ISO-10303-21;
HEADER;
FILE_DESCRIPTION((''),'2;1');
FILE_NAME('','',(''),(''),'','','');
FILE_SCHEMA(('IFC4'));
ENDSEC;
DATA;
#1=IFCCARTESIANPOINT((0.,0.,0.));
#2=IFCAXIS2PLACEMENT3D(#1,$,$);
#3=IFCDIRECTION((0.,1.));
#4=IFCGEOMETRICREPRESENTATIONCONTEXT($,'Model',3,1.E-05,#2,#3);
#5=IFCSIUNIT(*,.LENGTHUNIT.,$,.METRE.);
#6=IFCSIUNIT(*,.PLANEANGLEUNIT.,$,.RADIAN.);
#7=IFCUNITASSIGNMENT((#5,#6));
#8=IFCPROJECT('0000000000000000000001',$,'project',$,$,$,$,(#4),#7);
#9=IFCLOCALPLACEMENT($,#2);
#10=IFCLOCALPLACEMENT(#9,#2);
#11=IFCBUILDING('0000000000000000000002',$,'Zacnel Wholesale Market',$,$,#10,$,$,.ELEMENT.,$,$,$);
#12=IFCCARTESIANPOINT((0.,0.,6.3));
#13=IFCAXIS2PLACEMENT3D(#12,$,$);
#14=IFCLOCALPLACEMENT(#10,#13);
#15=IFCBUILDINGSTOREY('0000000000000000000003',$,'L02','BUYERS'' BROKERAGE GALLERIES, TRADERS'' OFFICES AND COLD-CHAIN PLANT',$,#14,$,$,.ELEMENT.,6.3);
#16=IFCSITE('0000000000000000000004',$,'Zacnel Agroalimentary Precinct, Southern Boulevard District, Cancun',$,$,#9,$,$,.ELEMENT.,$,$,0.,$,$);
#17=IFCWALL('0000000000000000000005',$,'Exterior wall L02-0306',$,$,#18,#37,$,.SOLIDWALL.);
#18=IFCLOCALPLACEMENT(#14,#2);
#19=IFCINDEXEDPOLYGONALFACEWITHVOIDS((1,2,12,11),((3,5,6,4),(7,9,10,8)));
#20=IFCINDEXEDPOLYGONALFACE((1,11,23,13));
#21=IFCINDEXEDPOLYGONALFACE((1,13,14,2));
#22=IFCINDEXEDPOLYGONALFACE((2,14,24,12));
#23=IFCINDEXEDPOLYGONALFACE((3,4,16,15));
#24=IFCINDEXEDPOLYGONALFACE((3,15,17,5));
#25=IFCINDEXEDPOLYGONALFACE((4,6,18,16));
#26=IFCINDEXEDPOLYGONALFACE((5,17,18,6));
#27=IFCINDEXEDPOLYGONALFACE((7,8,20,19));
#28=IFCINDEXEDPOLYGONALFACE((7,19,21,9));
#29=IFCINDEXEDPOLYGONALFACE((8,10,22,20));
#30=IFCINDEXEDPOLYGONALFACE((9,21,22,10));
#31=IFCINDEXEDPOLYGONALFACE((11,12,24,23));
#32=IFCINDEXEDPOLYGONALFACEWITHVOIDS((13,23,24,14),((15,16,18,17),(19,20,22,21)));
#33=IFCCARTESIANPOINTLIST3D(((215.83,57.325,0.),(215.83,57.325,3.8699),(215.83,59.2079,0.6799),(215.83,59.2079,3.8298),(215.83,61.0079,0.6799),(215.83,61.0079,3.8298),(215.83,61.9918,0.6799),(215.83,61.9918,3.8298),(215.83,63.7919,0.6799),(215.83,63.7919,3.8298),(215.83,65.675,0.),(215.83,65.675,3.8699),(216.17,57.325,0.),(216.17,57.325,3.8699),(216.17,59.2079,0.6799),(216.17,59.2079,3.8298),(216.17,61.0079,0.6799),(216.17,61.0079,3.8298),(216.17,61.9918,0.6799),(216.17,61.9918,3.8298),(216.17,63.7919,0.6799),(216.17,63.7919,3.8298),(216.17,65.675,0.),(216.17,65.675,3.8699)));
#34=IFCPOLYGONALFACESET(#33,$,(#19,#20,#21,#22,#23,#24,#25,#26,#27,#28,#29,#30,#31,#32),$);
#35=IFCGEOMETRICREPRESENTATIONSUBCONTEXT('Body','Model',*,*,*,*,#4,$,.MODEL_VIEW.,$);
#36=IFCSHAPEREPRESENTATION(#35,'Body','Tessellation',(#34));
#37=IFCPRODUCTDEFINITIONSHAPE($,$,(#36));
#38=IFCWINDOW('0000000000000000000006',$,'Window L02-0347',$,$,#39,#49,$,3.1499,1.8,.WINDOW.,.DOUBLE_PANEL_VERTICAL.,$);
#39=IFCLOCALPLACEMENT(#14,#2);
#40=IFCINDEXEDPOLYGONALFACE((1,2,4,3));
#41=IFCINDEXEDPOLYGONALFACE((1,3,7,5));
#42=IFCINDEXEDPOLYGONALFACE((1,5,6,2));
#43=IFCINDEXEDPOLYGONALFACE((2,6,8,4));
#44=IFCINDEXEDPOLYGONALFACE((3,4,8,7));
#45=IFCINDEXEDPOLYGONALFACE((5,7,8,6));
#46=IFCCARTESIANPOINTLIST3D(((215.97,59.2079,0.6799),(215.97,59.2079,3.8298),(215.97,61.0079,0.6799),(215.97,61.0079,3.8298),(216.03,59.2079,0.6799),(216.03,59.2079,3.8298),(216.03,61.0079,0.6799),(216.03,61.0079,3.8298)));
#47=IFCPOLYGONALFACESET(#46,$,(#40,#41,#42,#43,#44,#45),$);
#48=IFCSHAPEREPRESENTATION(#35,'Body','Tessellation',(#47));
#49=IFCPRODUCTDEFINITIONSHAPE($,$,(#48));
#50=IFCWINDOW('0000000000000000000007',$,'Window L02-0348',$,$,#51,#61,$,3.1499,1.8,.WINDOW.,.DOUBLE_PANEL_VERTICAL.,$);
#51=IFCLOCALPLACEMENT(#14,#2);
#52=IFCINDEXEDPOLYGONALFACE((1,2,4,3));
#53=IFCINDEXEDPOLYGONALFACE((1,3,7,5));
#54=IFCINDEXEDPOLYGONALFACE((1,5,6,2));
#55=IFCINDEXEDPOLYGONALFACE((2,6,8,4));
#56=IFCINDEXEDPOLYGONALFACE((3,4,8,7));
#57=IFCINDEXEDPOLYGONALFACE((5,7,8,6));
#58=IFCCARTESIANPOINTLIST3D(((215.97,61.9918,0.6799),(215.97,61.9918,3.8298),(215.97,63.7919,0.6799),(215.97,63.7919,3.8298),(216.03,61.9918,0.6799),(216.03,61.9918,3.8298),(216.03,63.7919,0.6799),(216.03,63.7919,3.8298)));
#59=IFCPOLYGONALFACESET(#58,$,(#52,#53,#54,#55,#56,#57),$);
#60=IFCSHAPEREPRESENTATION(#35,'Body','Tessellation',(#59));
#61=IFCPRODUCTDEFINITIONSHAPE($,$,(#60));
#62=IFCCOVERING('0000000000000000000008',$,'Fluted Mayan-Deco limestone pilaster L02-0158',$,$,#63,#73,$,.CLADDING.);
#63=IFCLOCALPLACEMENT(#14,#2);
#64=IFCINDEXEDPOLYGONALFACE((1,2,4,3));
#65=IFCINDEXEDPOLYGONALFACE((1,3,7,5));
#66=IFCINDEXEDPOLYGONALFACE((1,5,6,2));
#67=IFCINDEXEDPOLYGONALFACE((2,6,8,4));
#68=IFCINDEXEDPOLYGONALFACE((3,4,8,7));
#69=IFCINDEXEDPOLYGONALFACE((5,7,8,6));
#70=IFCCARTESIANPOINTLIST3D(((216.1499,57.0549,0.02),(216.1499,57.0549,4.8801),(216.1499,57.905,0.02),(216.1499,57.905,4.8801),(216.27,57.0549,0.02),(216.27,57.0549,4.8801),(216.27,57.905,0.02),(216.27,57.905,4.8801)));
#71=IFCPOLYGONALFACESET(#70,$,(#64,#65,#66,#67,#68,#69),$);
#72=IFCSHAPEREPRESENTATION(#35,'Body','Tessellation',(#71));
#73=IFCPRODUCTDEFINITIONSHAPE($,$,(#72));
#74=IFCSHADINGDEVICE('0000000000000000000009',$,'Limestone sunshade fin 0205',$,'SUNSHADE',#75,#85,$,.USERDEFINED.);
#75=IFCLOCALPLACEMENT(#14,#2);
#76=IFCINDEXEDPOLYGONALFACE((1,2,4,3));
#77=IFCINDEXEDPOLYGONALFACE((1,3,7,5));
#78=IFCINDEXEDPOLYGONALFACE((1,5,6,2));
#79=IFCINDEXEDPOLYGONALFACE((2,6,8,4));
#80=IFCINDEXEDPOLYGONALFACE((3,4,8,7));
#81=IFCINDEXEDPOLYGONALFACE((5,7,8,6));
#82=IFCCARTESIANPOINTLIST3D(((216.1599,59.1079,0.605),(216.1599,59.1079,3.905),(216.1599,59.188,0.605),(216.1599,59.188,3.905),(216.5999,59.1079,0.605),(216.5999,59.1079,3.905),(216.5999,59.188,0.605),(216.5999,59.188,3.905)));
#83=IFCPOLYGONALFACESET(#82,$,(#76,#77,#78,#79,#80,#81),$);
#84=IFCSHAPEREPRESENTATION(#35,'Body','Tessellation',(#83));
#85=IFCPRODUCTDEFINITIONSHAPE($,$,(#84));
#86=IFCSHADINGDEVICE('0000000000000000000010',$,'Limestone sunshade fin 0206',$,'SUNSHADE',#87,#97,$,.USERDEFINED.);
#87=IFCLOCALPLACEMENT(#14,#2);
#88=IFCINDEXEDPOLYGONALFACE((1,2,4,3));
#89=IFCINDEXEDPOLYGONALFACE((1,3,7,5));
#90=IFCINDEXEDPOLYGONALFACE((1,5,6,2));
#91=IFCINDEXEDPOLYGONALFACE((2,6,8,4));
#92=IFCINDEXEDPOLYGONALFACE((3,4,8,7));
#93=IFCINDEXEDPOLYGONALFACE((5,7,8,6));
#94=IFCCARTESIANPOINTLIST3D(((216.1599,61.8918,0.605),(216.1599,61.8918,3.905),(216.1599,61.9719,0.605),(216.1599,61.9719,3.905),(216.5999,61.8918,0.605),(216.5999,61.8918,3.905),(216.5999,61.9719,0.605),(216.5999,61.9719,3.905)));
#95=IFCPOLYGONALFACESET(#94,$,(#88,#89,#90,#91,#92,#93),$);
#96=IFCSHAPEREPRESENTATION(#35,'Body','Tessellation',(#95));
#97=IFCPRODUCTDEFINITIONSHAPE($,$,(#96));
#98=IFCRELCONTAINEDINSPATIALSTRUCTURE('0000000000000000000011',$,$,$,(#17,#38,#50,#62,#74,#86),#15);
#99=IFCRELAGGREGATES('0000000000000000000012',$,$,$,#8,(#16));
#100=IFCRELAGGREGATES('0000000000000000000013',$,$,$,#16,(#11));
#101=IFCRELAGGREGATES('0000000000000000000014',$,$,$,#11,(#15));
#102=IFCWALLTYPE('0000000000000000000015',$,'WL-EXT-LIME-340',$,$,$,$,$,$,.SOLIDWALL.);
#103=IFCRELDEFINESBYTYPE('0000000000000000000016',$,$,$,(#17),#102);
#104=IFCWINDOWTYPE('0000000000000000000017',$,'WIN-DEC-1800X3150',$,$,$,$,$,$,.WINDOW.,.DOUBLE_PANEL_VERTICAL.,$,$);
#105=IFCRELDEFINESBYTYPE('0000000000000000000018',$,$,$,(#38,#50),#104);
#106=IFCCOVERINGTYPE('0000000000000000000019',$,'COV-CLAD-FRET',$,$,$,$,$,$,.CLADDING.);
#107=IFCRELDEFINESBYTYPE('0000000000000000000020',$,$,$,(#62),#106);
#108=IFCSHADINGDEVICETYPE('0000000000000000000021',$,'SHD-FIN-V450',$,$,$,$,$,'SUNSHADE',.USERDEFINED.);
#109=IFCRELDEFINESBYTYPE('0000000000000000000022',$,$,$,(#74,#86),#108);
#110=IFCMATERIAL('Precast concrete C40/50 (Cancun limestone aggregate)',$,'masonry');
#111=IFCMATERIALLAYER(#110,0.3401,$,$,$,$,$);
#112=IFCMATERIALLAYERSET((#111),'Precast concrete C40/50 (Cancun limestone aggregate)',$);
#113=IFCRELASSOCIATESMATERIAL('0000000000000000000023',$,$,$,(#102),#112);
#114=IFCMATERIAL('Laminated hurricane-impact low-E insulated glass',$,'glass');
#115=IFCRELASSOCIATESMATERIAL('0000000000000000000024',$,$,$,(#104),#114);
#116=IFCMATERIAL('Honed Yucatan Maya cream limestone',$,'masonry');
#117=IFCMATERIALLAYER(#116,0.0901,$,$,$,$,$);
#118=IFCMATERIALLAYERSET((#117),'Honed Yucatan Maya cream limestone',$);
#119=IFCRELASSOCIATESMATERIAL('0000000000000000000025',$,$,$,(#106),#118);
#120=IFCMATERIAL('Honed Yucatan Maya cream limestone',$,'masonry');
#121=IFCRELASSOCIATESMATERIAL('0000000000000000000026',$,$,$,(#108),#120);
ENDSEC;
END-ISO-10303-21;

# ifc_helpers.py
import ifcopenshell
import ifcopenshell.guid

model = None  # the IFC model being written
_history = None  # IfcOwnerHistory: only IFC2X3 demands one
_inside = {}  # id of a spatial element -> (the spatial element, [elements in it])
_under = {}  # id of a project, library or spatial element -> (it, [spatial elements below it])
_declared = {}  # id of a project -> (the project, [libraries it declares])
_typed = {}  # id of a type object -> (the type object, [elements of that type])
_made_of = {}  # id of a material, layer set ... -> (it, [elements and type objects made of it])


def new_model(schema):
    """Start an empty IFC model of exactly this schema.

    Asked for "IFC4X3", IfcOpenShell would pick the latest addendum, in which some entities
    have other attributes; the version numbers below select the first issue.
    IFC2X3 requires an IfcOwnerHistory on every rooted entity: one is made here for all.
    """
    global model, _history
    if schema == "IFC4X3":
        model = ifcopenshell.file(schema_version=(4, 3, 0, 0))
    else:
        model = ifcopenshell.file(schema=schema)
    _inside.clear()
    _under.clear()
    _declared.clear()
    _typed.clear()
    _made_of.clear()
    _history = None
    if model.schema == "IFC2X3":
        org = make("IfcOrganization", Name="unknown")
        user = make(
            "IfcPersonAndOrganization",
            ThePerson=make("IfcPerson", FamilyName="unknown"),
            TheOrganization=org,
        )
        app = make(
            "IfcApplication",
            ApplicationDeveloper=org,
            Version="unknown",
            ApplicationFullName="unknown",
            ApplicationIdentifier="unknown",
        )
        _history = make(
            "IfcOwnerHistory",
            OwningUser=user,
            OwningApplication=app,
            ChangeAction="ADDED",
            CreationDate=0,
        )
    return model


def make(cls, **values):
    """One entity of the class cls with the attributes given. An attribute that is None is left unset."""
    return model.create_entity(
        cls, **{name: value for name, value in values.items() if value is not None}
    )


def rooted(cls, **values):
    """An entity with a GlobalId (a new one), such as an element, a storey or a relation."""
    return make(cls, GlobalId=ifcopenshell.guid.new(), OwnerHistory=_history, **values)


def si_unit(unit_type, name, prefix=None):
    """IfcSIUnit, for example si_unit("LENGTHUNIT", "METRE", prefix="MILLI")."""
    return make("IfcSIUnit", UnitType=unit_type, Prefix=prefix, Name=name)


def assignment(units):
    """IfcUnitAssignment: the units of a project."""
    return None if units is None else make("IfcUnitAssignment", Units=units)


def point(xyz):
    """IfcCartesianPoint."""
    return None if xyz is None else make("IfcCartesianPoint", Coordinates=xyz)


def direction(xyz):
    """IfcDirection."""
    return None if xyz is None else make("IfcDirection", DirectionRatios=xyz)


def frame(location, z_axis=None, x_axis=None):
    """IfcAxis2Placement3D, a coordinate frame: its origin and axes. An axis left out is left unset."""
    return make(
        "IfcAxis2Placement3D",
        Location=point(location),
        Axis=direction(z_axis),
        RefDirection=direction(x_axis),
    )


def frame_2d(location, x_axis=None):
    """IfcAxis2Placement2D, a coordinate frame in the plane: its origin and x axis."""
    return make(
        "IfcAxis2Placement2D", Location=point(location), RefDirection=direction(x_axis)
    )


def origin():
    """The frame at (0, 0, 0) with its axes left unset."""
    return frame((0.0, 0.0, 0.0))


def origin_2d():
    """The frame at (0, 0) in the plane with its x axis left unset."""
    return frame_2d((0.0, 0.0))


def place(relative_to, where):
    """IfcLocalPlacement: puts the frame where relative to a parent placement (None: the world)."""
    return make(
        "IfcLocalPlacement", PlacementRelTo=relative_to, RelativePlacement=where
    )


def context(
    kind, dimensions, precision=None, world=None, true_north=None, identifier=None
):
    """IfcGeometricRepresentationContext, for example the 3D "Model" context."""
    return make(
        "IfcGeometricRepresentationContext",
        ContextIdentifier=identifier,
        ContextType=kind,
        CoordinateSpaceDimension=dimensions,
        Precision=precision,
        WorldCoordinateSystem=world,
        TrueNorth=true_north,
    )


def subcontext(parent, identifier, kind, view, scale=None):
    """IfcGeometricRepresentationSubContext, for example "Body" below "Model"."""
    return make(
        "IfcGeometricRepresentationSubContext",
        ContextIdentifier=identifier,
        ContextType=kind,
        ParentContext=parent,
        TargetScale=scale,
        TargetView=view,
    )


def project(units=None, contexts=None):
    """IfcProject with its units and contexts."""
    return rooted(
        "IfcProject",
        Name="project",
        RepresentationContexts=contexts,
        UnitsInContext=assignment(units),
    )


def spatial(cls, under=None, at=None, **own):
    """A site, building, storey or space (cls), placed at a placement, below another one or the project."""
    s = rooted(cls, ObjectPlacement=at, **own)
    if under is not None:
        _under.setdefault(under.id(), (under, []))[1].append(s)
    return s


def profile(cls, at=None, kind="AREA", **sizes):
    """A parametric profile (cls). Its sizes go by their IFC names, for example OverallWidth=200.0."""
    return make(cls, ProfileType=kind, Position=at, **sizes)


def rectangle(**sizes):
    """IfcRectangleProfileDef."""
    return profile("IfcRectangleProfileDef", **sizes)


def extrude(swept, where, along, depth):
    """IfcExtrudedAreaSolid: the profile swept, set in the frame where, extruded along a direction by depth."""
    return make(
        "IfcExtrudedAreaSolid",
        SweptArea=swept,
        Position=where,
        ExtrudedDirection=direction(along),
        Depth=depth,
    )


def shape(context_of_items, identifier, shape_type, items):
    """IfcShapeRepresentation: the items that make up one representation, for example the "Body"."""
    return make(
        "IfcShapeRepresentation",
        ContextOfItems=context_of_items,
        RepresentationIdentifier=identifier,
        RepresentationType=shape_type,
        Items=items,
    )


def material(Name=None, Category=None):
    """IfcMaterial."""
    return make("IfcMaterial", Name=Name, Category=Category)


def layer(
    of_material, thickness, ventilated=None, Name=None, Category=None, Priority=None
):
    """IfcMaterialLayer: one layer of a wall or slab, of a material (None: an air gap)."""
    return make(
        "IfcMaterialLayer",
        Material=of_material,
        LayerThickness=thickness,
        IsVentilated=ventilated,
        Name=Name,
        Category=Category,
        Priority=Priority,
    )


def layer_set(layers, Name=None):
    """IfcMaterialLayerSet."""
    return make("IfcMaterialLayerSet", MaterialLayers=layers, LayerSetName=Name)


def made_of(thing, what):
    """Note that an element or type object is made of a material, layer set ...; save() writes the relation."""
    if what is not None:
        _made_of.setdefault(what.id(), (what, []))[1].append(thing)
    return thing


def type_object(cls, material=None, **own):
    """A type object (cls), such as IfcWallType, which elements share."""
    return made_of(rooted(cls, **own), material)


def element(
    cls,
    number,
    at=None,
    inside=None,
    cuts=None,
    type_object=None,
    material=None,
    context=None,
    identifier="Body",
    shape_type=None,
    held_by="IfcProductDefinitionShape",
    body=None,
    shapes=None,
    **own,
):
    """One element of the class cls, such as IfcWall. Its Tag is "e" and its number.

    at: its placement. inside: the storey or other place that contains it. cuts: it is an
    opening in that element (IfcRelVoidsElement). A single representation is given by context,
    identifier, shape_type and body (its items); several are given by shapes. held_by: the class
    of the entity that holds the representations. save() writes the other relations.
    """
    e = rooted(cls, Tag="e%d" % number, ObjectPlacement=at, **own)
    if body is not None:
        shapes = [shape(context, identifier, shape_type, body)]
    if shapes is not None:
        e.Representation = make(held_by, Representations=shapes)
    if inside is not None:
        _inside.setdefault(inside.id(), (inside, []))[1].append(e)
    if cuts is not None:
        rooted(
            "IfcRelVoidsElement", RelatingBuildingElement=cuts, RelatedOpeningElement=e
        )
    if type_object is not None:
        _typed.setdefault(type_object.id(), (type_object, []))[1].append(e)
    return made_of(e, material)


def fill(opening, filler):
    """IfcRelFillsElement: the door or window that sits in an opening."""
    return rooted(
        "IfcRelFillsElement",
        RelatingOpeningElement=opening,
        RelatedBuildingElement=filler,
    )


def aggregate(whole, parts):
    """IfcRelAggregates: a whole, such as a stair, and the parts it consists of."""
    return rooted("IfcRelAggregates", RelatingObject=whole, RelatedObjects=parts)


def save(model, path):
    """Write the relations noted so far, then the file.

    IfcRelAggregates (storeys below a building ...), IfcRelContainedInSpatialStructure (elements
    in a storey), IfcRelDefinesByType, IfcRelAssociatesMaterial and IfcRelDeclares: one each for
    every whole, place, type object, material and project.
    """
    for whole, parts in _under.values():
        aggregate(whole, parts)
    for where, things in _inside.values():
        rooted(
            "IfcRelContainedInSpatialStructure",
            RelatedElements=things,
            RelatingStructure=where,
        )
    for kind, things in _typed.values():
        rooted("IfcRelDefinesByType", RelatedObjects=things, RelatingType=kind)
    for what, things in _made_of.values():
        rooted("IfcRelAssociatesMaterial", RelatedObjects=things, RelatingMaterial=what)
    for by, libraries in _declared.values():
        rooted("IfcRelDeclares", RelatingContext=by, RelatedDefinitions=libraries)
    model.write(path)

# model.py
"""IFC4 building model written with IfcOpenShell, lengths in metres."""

from ifc_helpers import new_model, si_unit, direction, frame, frame_2d, origin, origin_2d, place, context, subcontext, project, spatial, rectangle, extrude, material, layer, layer_set, type_object, element, fill, save


model = new_model("IFC4")

# Units and contexts
model_context = context("Model", 3, precision=1e-05, world=origin(), true_north=direction((0.0, 1.0)))
body_context = subcontext(model_context, "Body", "Model", "MODEL_VIEW")
ifc_project = project(units=[si_unit("LENGTHUNIT", "METRE"), si_unit("PLANEANGLEUNIT", "RADIAN")], contexts=[model_context])

# Site, building, storey
site_placement = place(None, origin())
site = spatial("IfcSite", under=ifc_project, at=site_placement, Name="Zacnel Agroalimentary Precinct, Southern Boulevard District, Cancun", CompositionType="ELEMENT", RefElevation=0.0)
building_placement = place(site_placement, origin())
building = spatial("IfcBuilding", under=site, at=building_placement, Name="Zacnel Wholesale Market", CompositionType="ELEMENT")
storey_placement = place(building_placement, frame((0.0, 0.0, 6.3)))
storey = spatial("IfcBuildingStorey", under=building, at=storey_placement, Name="L02", Description="BUYERS' BROKERAGE GALLERIES, TRADERS' OFFICES AND COLD-CHAIN PLANT", CompositionType="ELEMENT", Elevation=6.3)

# Wall, openings, windows
ifc_material_1 = material(Name="Precast concrete C40/50 (Cancun limestone aggregate)", Category="masonry")
ifc_layer_1 = layer(ifc_material_1, 0.3401)
ifc_layer_set_1 = layer_set([ifc_layer_1], Name="Precast concrete C40/50 (Cancun limestone aggregate)")
wall_type_1 = type_object("IfcWallType", Name="WL-EXT-LIME-340", PredefinedType="SOLIDWALL", material=ifc_layer_set_1)
wall_1_placement = place(storey_placement, frame((216.0, 57.325, 0.0), z_axis=(0.0, 0.0, 1.0), x_axis=(0.0, 1.0, 0.0)))
wall_1 = element("IfcWall", 1, at=wall_1_placement, inside=storey, type_object=wall_type_1, Name="Exterior wall L02-0306", PredefinedType="SOLIDWALL", context=body_context, shape_type="SweptSolid", body=[
    extrude(rectangle(XDim=8.3501, YDim=0.3401, at=frame_2d((4.175, 0.0))), origin(), (0.0, 0.0, 1.0), 3.8699),
])
opening_1_placement = place(wall_1_placement, frame((1.8831, 0.0, 0.6799)))
opening_1 = element("IfcOpeningElement", 2, at=opening_1_placement, cuts=wall_1, PredefinedType="OPENING", context=body_context, shape_type="SweptSolid", body=[
    extrude(rectangle(XDim=1.8, YDim=3.1499, at=frame_2d((0.8999, 1.575))), frame((0.0, 0.1799, 0.0), z_axis=(0.0, -1.0, 0.0), x_axis=(1.0, 0.0, 0.0)), (0.0, 0.0, 1.0), 0.3601),
])
opening_2_placement = place(wall_1_placement, frame((4.667, 0.0, 0.6799)))
opening_2 = element("IfcOpeningElement", 3, at=opening_2_placement, cuts=wall_1, PredefinedType="OPENING", context=body_context, shape_type="SweptSolid", body=[
    extrude(rectangle(XDim=1.8, YDim=3.1499, at=frame_2d((0.8999, 1.575))), frame((0.0, 0.1799, 0.0), z_axis=(0.0, -1.0, 0.0), x_axis=(1.0, 0.0, 0.0)), (0.0, 0.0, 1.0), 0.3601),
])
ifc_material_2 = material(Name="Laminated hurricane-impact low-E insulated glass", Category="glass")
window_type = type_object("IfcWindowType", Name="WIN-DEC-1800X3150", PartitioningType="DOUBLE_PANEL_VERTICAL", PredefinedType="WINDOW", material=ifc_material_2)
window_1_placement = place(opening_1_placement, origin())
window_1 = element("IfcWindow", 4, at=window_1_placement, inside=storey, type_object=window_type, Name="Window L02-0347", OverallHeight=3.1499, OverallWidth=1.8, PartitioningType="DOUBLE_PANEL_VERTICAL", PredefinedType="WINDOW", context=body_context, shape_type="SweptSolid", body=[
    extrude(rectangle(XDim=1.8, YDim=3.1499, at=frame_2d((0.8999, 1.575))), frame((0.0, 0.03, 0.0), z_axis=(0.0, -1.0, 0.0), x_axis=(1.0, 0.0, 0.0)), (0.0, 0.0, 1.0), 0.0601),
])
fill(opening_1, window_1)
window_2_placement = place(opening_2_placement, origin())
window_2 = element("IfcWindow", 5, at=window_2_placement, inside=storey, type_object=window_type, Name="Window L02-0348", OverallHeight=3.1499, OverallWidth=1.8, PartitioningType="DOUBLE_PANEL_VERTICAL", PredefinedType="WINDOW", context=body_context, shape_type="SweptSolid", body=[
    extrude(rectangle(XDim=1.8, YDim=3.1499, at=frame_2d((0.8999, 1.575))), frame((0.0, 0.03, 0.0), z_axis=(0.0, -1.0, 0.0), x_axis=(1.0, 0.0, 0.0)), (0.0, 0.0, 1.0), 0.0601),
])
fill(opening_2, window_2)

# Covering
ifc_material_3 = material(Name="Honed Yucatan Maya cream limestone", Category="masonry")
ifc_layer_2 = layer(ifc_material_3, 0.0901)
ifc_layer_set_2 = layer_set([ifc_layer_2], Name="Honed Yucatan Maya cream limestone")
covering_type = type_object("IfcCoveringType", Name="COV-CLAD-FRET", PredefinedType="CLADDING", material=ifc_layer_set_2)
covering_placement = place(storey_placement, frame((216.21, 57.48, 0.02), z_axis=(0.0, 0.0, 1.0), x_axis=(0.0, 1.0, 0.0)))
element("IfcCovering", 6, at=covering_placement, inside=storey, type_object=covering_type, Name="Fluted Mayan-Deco limestone pilaster L02-0158", PredefinedType="CLADDING", context=body_context, shape_type="SweptSolid", body=[
    extrude(rectangle(XDim=0.8501, YDim=0.1201, at=origin_2d()), origin(), (0.0, 0.0, 1.0), 4.8601),
])

# Shading devices
ifc_material_4 = material(Name="Honed Yucatan Maya cream limestone", Category="masonry")
shading_device_type = type_object("IfcShadingDeviceType", Name="SHD-FIN-V450", ElementType="SUNSHADE", PredefinedType="USERDEFINED", material=ifc_material_4)
for number, where, z_axis, x_axis, name in (
    (7, (216.3799, 59.1479, 0.605), (0.0, 0.0, 1.0), (0.0, 1.0, 0.0), "Limestone sunshade fin 0205"),
    (8, (216.3799, 61.9319, 0.605), (0.0, 0.0, 1.0), (0.0, 1.0, 0.0), "Limestone sunshade fin 0206"),
):
    element("IfcShadingDevice", number, at=place(storey_placement, frame(where, z_axis=z_axis, x_axis=x_axis)), inside=storey, type_object=shading_device_type, Name=name, ObjectType="SUNSHADE", PredefinedType="USERDEFINED", context=body_context, shape_type="SweptSolid", body=[
        extrude(rectangle(XDim=0.0801, YDim=0.4399, at=origin_2d()), origin(), (0.0, 0.0, 1.0), 3.3),
    ])

save(model, "model.ifc")
